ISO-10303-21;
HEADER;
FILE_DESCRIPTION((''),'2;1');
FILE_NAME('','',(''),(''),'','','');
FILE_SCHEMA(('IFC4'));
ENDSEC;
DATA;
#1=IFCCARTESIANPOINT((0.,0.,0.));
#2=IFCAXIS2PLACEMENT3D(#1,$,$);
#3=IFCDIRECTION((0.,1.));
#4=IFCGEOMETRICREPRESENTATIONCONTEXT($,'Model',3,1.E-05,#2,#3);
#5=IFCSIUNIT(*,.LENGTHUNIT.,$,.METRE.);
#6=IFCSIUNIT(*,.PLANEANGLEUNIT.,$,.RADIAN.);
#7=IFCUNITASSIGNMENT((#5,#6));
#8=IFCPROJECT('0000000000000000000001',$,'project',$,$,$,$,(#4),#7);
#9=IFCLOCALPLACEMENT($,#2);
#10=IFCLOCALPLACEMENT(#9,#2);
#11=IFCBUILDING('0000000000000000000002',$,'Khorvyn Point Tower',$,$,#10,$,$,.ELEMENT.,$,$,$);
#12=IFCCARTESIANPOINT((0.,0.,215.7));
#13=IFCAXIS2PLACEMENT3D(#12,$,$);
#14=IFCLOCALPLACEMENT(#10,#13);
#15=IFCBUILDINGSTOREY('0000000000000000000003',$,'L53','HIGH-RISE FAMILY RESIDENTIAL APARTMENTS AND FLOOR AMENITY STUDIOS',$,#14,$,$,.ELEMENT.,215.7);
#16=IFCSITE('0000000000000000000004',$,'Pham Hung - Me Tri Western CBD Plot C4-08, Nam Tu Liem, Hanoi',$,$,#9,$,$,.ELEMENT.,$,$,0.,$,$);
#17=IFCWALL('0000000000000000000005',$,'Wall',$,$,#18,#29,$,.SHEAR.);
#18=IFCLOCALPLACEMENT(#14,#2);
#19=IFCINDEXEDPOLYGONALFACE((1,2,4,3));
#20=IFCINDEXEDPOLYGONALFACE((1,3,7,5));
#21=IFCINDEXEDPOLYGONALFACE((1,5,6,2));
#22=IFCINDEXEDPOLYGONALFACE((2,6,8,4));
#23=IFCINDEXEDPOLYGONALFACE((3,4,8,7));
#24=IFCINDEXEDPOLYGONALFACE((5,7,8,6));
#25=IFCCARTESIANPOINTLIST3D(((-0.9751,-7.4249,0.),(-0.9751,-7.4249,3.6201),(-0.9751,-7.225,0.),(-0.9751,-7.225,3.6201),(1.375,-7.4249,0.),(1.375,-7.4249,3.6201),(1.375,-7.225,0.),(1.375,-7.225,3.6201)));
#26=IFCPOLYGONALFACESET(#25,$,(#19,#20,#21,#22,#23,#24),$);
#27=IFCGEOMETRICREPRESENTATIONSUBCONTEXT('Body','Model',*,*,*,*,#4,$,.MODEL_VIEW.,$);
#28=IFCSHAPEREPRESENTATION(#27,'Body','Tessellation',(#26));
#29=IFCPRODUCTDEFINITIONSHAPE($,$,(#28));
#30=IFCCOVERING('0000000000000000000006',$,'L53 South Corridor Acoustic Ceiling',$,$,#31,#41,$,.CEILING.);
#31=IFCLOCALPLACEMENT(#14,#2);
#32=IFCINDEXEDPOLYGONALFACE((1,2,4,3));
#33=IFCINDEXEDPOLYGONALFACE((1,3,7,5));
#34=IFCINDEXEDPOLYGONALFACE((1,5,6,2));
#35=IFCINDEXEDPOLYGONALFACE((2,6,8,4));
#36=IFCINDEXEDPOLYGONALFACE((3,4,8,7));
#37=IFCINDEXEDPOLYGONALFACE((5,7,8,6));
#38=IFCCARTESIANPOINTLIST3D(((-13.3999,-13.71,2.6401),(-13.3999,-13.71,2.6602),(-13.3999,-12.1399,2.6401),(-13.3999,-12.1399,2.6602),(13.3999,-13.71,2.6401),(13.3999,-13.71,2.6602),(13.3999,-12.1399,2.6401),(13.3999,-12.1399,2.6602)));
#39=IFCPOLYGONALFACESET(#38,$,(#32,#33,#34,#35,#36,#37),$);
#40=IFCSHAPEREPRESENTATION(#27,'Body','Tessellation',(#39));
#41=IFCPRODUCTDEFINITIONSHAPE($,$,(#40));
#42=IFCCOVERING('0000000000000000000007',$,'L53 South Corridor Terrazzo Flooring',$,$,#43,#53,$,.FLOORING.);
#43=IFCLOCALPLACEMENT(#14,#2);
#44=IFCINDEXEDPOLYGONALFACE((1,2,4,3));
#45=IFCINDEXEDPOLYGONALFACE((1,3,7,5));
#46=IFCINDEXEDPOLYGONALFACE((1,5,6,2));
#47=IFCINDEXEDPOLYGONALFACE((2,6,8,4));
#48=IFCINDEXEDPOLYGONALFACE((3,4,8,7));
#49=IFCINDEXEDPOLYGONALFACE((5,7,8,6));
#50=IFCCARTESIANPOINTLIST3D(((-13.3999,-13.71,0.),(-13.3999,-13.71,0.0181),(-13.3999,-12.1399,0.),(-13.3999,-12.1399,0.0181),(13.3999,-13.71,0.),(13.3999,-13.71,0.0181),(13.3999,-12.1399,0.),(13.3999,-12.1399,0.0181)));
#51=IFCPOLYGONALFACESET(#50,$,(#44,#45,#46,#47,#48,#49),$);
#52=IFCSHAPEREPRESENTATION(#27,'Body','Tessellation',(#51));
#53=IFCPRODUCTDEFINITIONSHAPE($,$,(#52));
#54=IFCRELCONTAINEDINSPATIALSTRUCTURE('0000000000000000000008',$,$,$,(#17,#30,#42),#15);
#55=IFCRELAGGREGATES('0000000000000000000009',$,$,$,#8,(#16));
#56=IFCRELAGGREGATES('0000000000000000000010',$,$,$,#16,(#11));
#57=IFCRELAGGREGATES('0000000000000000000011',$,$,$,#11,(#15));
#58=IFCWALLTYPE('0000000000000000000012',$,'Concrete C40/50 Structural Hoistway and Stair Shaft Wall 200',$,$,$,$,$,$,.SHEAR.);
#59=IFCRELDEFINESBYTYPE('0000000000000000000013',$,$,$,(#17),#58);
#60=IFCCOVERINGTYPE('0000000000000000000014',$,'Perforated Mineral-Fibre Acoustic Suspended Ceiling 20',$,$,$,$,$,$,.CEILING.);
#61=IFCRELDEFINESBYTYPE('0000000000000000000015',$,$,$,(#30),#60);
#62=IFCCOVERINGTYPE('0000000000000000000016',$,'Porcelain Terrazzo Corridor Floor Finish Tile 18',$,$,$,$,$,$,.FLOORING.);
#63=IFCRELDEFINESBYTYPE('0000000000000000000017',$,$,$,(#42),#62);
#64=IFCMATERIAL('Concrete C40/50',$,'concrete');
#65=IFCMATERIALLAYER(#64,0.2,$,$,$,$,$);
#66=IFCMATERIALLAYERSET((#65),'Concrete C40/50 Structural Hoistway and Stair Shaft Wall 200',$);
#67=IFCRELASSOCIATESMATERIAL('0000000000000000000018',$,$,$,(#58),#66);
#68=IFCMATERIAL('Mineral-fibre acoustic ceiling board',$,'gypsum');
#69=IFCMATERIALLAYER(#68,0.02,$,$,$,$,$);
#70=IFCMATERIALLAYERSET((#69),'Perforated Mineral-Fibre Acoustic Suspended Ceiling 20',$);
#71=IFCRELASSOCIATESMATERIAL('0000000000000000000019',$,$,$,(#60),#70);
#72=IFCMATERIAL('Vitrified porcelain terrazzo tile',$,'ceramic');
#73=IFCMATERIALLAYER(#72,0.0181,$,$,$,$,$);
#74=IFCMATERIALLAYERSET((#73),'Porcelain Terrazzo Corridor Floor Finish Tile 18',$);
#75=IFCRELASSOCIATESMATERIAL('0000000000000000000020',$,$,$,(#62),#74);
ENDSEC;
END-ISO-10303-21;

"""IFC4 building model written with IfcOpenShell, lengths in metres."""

from ifc_helpers import new_model, si_unit, direction, frame, frame_2d, origin, place, context, subcontext, project, spatial, polyline, rectangle, outline, extrude, material, layer, layer_set, type_object, element, save


model = new_model("IFC4")

# Units and contexts
model_context = context("Model", 3, precision=1e-05, world=origin(), true_north=direction((0.0, 1.0)))
body_context = subcontext(model_context, "Body", "Model", "MODEL_VIEW")
ifc_project = project(units=[si_unit("LENGTHUNIT", "METRE"), si_unit("PLANEANGLEUNIT", "RADIAN")], contexts=[model_context])

# Site, building, storey
site_placement = place(None, origin())
site = spatial("IfcSite", under=ifc_project, at=site_placement, Name="Pham Hung - Me Tri Western CBD Plot C4-08, Nam Tu Liem, Hanoi", CompositionType="ELEMENT", RefElevation=0.0)
building_placement = place(site_placement, origin())
building = spatial("IfcBuilding", under=site, at=building_placement, Name="Khorvyn Point Tower", CompositionType="ELEMENT")
storey_placement = place(building_placement, frame((0.0, 0.0, 215.7)))
storey = spatial("IfcBuildingStorey", under=building, at=storey_placement, Name="L53", Description="HIGH-RISE FAMILY RESIDENTIAL APARTMENTS AND FLOOR AMENITY STUDIOS", CompositionType="ELEMENT", Elevation=215.7)

# Shared definitions
ifc_material_1 = material(Name="Concrete C40/50", Category="concrete")

# Shared definitions
ifc_layer_1 = layer(ifc_material_1, 0.2)
ifc_layer_set_1 = layer_set([ifc_layer_1], Name="Concrete C40/50 Structural Hoistway and Stair Shaft Wall 200")
wall_type_1 = type_object("IfcWallType", Name="Concrete C40/50 Structural Hoistway and Stair Shaft Wall 200", PredefinedType="SHEAR", material=ifc_layer_set_1)

# Wall
wall_1_placement = place(storey_placement, frame((-0.9751, -7.325, 0.0), z_axis=(0.0, 0.0, 1.0), x_axis=(1.0, 0.0, 0.0)))
element("IfcWall", 1, at=wall_1_placement, inside=storey, type_object=wall_type_1, Name="Wall", PredefinedType="SHEAR", context=body_context, shape_type="SweptSolid", body=[
    extrude(rectangle(XDim=2.3501, YDim=0.2, at=frame_2d((1.175, 0.0))), origin(), (0.0, 0.0, 1.0), 3.6201),
])

# Coverings
ifc_material_2 = material(Name="Mineral-fibre acoustic ceiling board", Category="gypsum")
ifc_layer_2 = layer(ifc_material_2, 0.02)
ifc_layer_set_2 = layer_set([ifc_layer_2], Name="Perforated Mineral-Fibre Acoustic Suspended Ceiling 20")
covering_type_1 = type_object("IfcCoveringType", Name="Perforated Mineral-Fibre Acoustic Suspended Ceiling 20", PredefinedType="CEILING", material=ifc_layer_set_2)
covering_1_placement = place(storey_placement, frame((0.0, 0.0, 2.6401)))
element("IfcCovering", 2, at=covering_1_placement, inside=storey, type_object=covering_type_1, Name="L53 South Corridor Acoustic Ceiling", PredefinedType="CEILING", context=body_context, shape_type="SweptSolid", body=[
    extrude(outline(polyline([(-13.3999, -13.71), (13.3999, -13.71), (13.3999, -12.1399), (-13.3999, -12.1399), (-13.3999, -13.71)])), origin(), (0.0, 0.0, 1.0), 0.02),
])
ifc_material_3 = material(Name="Vitrified porcelain terrazzo tile", Category="ceramic")
ifc_layer_3 = layer(ifc_material_3, 0.0181)
ifc_layer_set_3 = layer_set([ifc_layer_3], Name="Porcelain Terrazzo Corridor Floor Finish Tile 18")
covering_type_2 = type_object("IfcCoveringType", Name="Porcelain Terrazzo Corridor Floor Finish Tile 18", PredefinedType="FLOORING", material=ifc_layer_set_3)
covering_2_placement = place(storey_placement, origin())
element("IfcCovering", 3, at=covering_2_placement, inside=storey, type_object=covering_type_2, Name="L53 South Corridor Terrazzo Flooring", PredefinedType="FLOORING", context=body_context, shape_type="SweptSolid", body=[
    extrude(outline(polyline([(-13.3999, -13.71), (13.3999, -13.71), (13.3999, -12.1399), (-13.3999, -12.1399), (-13.3999, -13.71)])), origin(), (0.0, 0.0, 1.0), 0.0181),
])

save(model, "model.ifc")
